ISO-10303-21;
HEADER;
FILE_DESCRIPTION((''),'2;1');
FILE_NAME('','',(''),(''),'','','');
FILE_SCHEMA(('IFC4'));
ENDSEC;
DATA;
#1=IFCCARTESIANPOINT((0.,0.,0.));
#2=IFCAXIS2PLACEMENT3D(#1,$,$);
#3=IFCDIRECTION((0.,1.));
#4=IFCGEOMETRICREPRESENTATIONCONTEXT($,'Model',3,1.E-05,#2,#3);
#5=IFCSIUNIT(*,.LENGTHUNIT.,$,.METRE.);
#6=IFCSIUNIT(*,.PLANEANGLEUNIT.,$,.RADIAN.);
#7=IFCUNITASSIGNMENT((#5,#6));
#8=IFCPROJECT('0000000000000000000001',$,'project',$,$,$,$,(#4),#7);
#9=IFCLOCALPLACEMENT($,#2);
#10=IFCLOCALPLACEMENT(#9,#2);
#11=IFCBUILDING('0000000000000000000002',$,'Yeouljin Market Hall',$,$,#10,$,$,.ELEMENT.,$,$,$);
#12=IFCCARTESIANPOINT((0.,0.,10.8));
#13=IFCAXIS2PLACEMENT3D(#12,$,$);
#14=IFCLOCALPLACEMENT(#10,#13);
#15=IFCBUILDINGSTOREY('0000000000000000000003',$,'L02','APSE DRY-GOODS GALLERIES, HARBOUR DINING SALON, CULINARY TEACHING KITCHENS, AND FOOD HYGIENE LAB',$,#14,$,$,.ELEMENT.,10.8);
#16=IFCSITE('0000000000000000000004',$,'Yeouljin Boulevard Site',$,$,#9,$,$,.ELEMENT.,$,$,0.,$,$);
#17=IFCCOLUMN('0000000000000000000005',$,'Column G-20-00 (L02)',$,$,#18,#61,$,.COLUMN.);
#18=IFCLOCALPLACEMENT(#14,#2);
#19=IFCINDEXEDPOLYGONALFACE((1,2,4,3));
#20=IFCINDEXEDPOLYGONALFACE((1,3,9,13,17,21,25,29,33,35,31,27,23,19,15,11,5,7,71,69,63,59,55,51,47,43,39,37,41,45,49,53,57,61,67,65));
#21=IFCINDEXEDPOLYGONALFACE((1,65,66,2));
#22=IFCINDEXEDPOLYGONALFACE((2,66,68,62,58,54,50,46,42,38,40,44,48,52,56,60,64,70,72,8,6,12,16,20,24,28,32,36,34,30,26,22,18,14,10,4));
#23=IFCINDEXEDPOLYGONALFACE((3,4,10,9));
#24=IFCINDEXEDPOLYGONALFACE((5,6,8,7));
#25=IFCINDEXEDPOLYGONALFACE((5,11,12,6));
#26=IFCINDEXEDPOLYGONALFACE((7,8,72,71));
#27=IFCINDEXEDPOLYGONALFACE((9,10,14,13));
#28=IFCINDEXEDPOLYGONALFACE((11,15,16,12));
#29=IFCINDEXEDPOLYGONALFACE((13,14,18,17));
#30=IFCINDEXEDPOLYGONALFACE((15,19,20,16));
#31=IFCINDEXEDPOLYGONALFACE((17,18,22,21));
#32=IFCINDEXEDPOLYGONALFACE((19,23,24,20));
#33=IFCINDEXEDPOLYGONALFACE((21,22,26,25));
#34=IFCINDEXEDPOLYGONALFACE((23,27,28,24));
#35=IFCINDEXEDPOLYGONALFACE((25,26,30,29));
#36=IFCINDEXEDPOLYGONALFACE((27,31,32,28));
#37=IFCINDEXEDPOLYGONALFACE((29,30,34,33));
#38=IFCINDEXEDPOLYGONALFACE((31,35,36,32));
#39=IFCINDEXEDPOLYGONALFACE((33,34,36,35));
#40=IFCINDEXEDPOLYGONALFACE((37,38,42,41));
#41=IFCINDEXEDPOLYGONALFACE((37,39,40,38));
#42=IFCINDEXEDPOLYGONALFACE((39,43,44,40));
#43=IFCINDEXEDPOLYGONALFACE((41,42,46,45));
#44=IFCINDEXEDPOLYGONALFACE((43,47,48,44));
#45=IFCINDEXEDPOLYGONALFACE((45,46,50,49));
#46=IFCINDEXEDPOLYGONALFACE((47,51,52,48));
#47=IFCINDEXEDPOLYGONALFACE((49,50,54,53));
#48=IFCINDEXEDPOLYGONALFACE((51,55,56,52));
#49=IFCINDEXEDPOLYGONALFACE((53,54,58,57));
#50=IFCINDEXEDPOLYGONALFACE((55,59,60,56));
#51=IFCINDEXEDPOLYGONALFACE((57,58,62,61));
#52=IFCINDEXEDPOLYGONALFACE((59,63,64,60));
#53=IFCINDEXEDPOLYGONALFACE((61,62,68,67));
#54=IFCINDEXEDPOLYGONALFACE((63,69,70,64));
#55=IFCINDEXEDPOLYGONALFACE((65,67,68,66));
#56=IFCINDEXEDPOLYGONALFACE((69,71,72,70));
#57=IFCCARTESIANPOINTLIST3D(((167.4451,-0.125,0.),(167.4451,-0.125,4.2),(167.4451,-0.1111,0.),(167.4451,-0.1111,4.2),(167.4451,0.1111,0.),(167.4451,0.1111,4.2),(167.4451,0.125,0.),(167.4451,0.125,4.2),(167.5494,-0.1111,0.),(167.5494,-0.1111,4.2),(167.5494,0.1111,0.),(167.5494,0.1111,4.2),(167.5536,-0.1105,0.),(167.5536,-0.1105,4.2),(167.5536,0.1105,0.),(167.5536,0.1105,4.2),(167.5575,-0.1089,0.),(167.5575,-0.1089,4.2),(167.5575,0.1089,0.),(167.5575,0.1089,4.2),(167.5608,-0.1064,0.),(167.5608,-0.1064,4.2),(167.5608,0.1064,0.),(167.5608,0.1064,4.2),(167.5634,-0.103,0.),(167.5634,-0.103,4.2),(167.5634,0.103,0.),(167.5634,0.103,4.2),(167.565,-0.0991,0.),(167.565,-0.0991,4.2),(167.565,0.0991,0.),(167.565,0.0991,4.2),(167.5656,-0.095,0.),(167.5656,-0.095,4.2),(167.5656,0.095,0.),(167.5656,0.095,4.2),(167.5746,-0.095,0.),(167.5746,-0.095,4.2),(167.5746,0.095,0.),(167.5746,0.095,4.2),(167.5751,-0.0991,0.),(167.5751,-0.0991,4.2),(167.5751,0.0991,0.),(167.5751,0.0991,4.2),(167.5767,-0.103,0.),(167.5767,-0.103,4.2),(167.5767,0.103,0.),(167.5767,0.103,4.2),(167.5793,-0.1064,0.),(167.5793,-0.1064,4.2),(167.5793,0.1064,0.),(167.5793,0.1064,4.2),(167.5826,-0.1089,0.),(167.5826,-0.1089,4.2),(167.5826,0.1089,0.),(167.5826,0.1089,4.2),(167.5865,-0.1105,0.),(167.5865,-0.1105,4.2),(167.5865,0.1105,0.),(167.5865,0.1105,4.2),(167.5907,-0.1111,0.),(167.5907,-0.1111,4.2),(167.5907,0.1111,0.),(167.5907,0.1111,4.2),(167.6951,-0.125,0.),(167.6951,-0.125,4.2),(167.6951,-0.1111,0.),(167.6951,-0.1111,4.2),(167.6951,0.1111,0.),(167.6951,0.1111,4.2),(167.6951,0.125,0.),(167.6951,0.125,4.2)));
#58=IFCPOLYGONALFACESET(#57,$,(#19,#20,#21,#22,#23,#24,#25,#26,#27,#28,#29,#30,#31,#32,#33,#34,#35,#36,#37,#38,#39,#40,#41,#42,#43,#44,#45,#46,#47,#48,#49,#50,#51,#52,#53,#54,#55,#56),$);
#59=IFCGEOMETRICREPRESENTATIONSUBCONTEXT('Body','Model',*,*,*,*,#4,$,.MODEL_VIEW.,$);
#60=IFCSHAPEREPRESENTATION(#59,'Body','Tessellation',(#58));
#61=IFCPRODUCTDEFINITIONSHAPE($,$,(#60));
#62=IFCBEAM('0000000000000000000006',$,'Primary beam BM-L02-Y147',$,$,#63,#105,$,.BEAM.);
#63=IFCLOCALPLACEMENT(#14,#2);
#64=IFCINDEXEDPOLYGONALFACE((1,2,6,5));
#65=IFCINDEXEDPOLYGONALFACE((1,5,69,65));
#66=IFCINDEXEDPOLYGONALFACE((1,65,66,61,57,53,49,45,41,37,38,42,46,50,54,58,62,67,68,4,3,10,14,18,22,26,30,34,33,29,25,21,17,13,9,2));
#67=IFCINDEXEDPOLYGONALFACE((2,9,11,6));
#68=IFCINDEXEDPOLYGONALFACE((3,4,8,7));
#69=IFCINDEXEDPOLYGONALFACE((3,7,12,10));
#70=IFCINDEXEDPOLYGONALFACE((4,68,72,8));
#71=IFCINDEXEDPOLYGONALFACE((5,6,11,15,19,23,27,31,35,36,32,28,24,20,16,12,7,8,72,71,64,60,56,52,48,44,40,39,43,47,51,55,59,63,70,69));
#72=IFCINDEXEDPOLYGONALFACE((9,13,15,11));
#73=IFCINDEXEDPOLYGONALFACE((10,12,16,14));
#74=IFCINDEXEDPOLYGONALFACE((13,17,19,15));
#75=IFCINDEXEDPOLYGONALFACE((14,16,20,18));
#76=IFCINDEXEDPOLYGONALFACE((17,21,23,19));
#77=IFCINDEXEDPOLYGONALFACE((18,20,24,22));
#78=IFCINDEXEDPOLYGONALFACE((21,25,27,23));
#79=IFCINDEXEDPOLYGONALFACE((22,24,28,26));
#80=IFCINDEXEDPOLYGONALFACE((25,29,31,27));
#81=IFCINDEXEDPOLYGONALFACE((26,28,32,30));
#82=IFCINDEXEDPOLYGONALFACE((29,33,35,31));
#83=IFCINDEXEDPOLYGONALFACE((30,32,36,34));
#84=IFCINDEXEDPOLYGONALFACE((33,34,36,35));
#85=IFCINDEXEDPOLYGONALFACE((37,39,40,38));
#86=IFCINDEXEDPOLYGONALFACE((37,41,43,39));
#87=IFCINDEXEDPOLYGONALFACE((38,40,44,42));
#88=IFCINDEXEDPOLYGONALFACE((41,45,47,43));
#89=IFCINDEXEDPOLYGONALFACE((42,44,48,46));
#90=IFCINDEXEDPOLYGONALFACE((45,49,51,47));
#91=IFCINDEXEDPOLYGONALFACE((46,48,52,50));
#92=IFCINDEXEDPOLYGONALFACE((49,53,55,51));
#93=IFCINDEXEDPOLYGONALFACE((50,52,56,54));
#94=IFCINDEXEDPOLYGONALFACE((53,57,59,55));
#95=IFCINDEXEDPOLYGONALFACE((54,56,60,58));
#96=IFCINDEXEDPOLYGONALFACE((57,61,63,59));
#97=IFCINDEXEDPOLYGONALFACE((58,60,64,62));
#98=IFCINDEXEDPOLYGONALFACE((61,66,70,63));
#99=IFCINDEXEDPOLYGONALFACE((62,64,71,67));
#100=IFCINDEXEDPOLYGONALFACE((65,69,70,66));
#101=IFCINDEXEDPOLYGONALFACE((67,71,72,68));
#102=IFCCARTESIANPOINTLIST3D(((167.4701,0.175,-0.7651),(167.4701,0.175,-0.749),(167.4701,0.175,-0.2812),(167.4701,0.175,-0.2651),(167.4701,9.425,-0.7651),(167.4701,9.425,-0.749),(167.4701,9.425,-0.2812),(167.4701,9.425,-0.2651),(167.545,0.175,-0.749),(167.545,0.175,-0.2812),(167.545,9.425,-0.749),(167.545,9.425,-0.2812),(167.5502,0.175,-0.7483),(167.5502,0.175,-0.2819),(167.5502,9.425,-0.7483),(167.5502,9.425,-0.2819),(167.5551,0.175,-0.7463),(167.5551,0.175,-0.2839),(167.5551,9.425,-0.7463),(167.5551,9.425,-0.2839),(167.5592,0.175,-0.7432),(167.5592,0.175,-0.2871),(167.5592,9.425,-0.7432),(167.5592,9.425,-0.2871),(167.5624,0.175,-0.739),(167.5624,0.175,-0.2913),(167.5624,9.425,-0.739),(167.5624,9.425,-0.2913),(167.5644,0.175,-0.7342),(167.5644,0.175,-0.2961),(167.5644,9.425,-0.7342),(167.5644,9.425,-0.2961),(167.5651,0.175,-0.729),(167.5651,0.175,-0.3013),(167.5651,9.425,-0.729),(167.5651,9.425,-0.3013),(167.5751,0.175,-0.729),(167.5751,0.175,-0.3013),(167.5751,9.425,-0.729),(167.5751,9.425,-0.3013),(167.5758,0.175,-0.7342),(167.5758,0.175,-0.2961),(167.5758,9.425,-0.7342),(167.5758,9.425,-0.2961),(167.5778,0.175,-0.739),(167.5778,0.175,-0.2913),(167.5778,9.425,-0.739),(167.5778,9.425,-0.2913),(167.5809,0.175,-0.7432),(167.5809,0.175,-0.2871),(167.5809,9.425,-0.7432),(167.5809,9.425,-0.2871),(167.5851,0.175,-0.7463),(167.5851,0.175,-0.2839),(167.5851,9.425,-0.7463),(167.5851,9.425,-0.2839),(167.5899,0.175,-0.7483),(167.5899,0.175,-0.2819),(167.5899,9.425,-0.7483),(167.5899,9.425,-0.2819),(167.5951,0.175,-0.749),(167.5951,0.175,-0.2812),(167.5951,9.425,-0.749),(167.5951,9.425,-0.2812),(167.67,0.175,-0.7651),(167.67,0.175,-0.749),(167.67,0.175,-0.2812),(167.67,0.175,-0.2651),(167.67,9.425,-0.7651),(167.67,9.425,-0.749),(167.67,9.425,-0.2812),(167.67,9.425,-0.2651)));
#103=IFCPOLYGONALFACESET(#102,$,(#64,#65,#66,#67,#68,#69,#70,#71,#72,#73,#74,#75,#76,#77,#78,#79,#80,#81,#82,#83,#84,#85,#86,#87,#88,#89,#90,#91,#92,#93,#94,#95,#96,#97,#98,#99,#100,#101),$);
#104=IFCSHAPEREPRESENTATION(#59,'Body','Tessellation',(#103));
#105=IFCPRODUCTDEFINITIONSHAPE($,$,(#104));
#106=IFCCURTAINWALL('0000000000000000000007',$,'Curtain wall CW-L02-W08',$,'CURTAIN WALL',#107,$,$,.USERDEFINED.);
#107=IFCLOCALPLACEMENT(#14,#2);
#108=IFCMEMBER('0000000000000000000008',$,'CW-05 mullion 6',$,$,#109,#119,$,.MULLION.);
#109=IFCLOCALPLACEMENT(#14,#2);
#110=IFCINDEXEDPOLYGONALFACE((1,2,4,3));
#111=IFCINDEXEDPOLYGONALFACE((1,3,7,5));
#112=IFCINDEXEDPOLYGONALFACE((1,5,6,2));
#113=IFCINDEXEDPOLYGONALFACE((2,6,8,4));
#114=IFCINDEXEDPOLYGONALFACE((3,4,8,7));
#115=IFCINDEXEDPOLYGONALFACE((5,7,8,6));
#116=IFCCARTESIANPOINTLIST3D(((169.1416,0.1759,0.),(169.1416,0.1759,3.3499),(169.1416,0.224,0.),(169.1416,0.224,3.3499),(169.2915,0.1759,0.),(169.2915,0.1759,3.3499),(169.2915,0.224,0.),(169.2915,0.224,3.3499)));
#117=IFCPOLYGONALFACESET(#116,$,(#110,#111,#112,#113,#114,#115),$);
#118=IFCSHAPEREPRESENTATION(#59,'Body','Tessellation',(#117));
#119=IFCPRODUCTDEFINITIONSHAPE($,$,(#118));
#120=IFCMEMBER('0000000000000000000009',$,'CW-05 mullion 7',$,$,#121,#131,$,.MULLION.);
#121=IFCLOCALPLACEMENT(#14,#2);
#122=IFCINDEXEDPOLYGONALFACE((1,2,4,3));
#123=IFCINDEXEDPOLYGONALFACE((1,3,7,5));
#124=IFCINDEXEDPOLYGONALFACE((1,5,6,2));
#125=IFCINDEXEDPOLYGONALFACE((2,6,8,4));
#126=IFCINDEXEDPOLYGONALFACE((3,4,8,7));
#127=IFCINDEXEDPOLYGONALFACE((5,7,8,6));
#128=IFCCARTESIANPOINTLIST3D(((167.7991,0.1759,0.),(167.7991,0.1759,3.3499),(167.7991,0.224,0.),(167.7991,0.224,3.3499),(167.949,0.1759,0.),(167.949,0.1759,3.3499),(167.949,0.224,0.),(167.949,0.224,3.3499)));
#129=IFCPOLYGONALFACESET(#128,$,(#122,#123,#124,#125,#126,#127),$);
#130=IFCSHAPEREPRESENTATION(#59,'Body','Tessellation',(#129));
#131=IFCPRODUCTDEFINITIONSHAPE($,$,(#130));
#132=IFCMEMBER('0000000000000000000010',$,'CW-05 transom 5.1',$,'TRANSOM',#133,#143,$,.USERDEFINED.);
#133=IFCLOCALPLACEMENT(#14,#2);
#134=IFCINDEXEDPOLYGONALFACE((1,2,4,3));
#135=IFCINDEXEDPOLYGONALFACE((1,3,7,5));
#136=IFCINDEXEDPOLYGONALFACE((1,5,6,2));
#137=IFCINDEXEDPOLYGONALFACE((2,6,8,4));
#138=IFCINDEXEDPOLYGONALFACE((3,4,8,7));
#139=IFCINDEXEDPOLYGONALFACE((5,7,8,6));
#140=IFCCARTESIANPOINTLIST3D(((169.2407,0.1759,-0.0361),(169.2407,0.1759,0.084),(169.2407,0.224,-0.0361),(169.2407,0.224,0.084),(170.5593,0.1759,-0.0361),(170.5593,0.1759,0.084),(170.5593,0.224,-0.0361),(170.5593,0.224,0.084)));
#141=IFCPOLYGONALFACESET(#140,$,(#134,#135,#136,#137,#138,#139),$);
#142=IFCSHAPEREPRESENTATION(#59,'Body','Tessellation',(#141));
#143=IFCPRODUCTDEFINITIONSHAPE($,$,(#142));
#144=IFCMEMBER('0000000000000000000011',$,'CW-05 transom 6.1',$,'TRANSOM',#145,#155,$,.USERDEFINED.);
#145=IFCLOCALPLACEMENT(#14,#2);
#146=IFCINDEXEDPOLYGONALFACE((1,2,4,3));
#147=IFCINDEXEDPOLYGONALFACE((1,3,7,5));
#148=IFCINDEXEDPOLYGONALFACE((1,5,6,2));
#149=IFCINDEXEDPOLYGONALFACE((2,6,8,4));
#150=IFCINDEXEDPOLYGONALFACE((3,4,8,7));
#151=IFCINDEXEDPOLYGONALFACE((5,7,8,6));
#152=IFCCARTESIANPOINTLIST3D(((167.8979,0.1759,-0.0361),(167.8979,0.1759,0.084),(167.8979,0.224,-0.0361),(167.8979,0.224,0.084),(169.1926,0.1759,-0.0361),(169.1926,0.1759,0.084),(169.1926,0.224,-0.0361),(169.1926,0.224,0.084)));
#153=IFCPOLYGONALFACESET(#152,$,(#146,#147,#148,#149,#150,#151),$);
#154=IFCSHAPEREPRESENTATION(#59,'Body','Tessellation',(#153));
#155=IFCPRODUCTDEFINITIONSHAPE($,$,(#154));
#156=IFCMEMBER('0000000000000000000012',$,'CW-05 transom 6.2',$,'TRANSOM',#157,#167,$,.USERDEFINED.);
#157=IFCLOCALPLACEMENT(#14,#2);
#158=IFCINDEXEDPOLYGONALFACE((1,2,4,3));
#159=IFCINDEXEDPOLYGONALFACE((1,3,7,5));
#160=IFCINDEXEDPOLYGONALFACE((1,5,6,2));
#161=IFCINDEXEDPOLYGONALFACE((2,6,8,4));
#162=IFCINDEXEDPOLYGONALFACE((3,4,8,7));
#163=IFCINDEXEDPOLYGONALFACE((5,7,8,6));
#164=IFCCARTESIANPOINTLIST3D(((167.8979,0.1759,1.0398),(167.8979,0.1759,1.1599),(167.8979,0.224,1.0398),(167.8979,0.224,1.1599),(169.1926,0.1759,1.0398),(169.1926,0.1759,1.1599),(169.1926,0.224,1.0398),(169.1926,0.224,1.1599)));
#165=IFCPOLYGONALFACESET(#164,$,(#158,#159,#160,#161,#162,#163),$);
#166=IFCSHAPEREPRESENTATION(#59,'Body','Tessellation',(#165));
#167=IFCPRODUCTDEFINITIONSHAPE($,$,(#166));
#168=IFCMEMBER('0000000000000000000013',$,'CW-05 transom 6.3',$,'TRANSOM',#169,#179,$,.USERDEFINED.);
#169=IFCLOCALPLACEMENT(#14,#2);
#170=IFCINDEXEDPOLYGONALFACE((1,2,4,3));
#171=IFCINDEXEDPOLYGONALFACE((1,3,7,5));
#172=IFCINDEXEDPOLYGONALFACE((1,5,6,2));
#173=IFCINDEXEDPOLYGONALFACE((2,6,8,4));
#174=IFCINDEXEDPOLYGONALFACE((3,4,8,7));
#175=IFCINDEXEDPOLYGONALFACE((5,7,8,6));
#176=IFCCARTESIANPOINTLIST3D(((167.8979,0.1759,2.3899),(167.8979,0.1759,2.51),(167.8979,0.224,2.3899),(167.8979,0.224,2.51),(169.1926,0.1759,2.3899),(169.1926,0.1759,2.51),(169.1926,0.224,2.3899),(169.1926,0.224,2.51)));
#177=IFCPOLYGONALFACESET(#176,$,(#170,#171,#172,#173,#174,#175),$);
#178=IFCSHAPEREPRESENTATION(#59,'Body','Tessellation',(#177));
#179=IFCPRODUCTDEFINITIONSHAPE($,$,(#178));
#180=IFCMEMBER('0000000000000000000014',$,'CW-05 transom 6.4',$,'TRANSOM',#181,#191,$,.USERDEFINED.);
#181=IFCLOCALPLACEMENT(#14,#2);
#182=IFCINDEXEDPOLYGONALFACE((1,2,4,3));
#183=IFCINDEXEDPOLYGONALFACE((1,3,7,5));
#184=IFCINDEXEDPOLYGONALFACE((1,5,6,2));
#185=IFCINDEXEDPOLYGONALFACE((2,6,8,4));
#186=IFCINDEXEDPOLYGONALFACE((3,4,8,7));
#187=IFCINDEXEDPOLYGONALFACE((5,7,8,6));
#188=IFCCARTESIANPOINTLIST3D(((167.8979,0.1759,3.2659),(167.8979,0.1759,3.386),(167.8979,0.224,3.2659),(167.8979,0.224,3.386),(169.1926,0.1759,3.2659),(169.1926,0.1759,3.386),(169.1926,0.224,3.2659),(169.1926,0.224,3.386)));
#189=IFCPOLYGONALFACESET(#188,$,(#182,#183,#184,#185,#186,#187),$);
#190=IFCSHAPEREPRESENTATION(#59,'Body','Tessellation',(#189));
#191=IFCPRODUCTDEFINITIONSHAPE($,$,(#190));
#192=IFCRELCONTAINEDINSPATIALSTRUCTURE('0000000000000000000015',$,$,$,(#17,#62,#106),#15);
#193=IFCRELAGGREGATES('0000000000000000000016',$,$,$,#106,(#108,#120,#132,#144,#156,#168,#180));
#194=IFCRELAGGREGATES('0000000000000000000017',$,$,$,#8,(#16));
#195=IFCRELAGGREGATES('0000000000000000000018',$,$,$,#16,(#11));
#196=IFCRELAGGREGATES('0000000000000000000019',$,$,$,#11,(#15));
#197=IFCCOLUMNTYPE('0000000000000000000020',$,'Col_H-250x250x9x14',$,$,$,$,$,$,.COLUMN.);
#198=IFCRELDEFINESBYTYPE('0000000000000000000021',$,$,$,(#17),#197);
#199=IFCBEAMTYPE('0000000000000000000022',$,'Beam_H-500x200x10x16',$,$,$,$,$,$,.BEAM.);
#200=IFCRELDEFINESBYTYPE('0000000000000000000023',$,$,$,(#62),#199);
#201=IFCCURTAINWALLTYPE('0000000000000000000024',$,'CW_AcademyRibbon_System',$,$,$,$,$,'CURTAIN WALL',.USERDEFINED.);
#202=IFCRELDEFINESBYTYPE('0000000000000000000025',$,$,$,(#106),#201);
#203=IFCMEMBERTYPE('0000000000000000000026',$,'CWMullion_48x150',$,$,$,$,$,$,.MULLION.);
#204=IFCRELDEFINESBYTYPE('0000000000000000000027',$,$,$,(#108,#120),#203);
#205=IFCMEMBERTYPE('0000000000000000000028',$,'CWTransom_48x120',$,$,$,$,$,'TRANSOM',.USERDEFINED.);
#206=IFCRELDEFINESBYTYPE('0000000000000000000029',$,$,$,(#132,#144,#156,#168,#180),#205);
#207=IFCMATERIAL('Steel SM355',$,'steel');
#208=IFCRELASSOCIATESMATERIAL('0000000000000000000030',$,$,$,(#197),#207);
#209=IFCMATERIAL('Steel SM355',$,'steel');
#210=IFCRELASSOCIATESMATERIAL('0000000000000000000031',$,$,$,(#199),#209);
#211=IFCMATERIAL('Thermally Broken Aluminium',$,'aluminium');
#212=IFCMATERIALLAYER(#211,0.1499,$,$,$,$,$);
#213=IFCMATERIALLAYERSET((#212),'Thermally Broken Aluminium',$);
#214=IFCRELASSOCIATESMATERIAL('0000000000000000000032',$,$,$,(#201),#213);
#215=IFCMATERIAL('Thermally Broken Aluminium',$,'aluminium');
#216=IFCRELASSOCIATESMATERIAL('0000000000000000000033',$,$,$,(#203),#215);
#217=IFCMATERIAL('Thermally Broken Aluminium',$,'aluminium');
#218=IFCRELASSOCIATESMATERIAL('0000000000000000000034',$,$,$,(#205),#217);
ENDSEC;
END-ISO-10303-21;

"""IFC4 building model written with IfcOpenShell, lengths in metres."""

from ifc_helpers import new_model, si_unit, direction, frame, origin, origin_2d, place, context, subcontext, project, spatial, rectangle, i_section, extrude, material, layer, layer_set, material_profile, profile_set, type_object, element, aggregate, save


model = new_model("IFC4")

# Units and contexts
model_context = context("Model", 3, precision=1e-05, world=origin(), true_north=direction((0.0, 1.0)))
body_context = subcontext(model_context, "Body", "Model", "MODEL_VIEW")
ifc_project = project(units=[si_unit("LENGTHUNIT", "METRE"), si_unit("PLANEANGLEUNIT", "RADIAN")], contexts=[model_context])

# Site, building, storey
site_placement = place(None, origin())
site = spatial("IfcSite", under=ifc_project, at=site_placement, Name="Yeouljin Boulevard Site", CompositionType="ELEMENT", RefElevation=0.0)
building_placement = place(site_placement, origin())
building = spatial("IfcBuilding", under=site, at=building_placement, Name="Yeouljin Market Hall", CompositionType="ELEMENT")
storey_placement = place(building_placement, frame((0.0, 0.0, 10.8)))
storey = spatial("IfcBuildingStorey", under=building, at=storey_placement, Name="L02", Description="APSE DRY-GOODS GALLERIES, HARBOUR DINING SALON, CULINARY TEACHING KITCHENS, AND FOOD HYGIENE LAB", CompositionType="ELEMENT", Elevation=10.8)

# Column
ifc_material_1 = material(Name="Steel SM355", Category="steel")
ifc_material_profile_1 = material_profile(ifc_material_1, i_section(OverallWidth=0.25, OverallDepth=0.25, WebThickness=0.009, FlangeThickness=0.0139, FilletRadius=0.0161, at=origin_2d()), Name="H-250x250x9x14")
ifc_profile_set_1 = profile_set([ifc_material_profile_1], Name="Steel SM355")
column_type = type_object("IfcColumnType", Name="Col_H-250x250x9x14", PredefinedType="COLUMN", material=ifc_profile_set_1)
column_placement = place(storey_placement, frame((167.5701, 0.0, 0.0), z_axis=(0.0, 0.0, 1.0), x_axis=(1.0, 0.0, 0.0)))
element("IfcColumn", 1, at=column_placement, inside=storey, type_object=column_type, Name="Column G-20-00 (L02)", PredefinedType="COLUMN", context=body_context, shape_type="SweptSolid", body=[
    extrude(i_section(OverallWidth=0.25, OverallDepth=0.25, WebThickness=0.009, FlangeThickness=0.0139, FilletRadius=0.0161, at=origin_2d()), origin(), (0.0, 0.0, 1.0), 4.2),
])

# Beam
ifc_material_2 = material(Name="Steel SM355", Category="steel")
ifc_material_profile_2 = material_profile(ifc_material_2, i_section(OverallWidth=0.2, OverallDepth=0.5, WebThickness=0.01, FlangeThickness=0.0161, FilletRadius=0.02, at=origin_2d()), Name="H-500x200x10x16")
ifc_profile_set_2 = profile_set([ifc_material_profile_2], Name="Steel SM355")
beam_type_1 = type_object("IfcBeamType", Name="Beam_H-500x200x10x16", PredefinedType="BEAM", material=ifc_profile_set_2)
beam_1_placement = place(storey_placement, frame((167.5701, 0.175, -0.5151), z_axis=(0.0, 1.0, 0.0), x_axis=(-1.0, 0.0, 0.0)))
element("IfcBeam", 2, at=beam_1_placement, inside=storey, type_object=beam_type_1, Name="Primary beam BM-L02-Y147", PredefinedType="BEAM", context=body_context, shape_type="SweptSolid", body=[
    extrude(i_section(OverallWidth=0.2, OverallDepth=0.5, WebThickness=0.01, FlangeThickness=0.0161, FilletRadius=0.02, at=origin_2d()), origin(), (0.0, 0.0, 1.0), 9.25),
])

# Curtain wall, members
ifc_material_3 = material(Name="Thermally Broken Aluminium", Category="aluminium")
ifc_layer_1 = layer(ifc_material_3, 0.1499)
ifc_layer_set_1 = layer_set([ifc_layer_1], Name="Thermally Broken Aluminium")
curtain_wall_type = type_object("IfcCurtainWallType", Name="CW_AcademyRibbon_System", ElementType="CURTAIN WALL", PredefinedType="USERDEFINED", material=ifc_layer_set_1)
curtain_wall_placement = place(storey_placement, origin())
curtain_wall = element("IfcCurtainWall", 3, at=curtain_wall_placement, inside=storey, type_object=curtain_wall_type, Name="Curtain wall CW-L02-W08", ObjectType="CURTAIN WALL", PredefinedType="USERDEFINED")
ifc_material_4 = material(Name="Thermally Broken Aluminium", Category="aluminium")
ifc_material_profile_3 = material_profile(ifc_material_4, rectangle(XDim=0.0481, YDim=0.1499, at=origin_2d()), Name="CW-MULL-48x150")
ifc_profile_set_3 = profile_set([ifc_material_profile_3], Name="Thermally Broken Aluminium")
member_type_1 = type_object("IfcMemberType", Name="CWMullion_48x150", PredefinedType="MULLION", material=ifc_profile_set_3)
member_1_placement = place(storey_placement, frame((169.2166, 0.2, 0.0), z_axis=(0.0, 0.0, 1.0), x_axis=(0.0, -1.0, 0.0)))
member_1 = element("IfcMember", 4, at=member_1_placement, type_object=member_type_1, Name="CW-05 mullion 6", PredefinedType="MULLION", context=body_context, shape_type="SweptSolid", body=[
    extrude(rectangle(XDim=0.0481, YDim=0.1499, at=origin_2d()), origin(), (0.0, 0.0, 1.0), 3.3499),
])
member_2_placement = place(storey_placement, frame((167.874, 0.2, 0.0), z_axis=(0.0, 0.0, 1.0), x_axis=(0.0, -1.0, 0.0)))
member_2 = element("IfcMember", 5, at=member_2_placement, type_object=member_type_1, Name="CW-05 mullion 7", PredefinedType="MULLION", context=body_context, shape_type="SweptSolid", body=[
    extrude(rectangle(XDim=0.0481, YDim=0.1499, at=origin_2d()), origin(), (0.0, 0.0, 1.0), 3.3499),
])
ifc_material_5 = material(Name="Thermally Broken Aluminium", Category="aluminium")
ifc_material_profile_4 = material_profile(ifc_material_5, rectangle(XDim=0.0481, YDim=0.1201, at=origin_2d()), Name="CW-TRAN-48x120")
ifc_profile_set_4 = profile_set([ifc_material_profile_4], Name="Thermally Broken Aluminium")
member_type_2 = type_object("IfcMemberType", Name="CWTransom_48x120", ElementType="TRANSOM", PredefinedType="USERDEFINED", material=ifc_profile_set_4)
member_3_placement = place(storey_placement, frame((170.5593, 0.2, 0.0239), z_axis=(-1.0, 0.0, 0.0), x_axis=(0.0, -1.0, 0.0)))
member_3 = element("IfcMember", 6, at=member_3_placement, type_object=member_type_2, Name="CW-05 transom 5.1", ObjectType="TRANSOM", PredefinedType="USERDEFINED", context=body_context, shape_type="SweptSolid", body=[
    extrude(rectangle(XDim=0.0481, YDim=0.1201, at=origin_2d()), origin(), (0.0, 0.0, 1.0), 1.3186),
])
member_4_placement = place(storey_placement, frame((169.1926, 0.2, 0.0239), z_axis=(-1.0, 0.0, 0.0), x_axis=(0.0, -1.0, 0.0)))
member_4 = element("IfcMember", 7, at=member_4_placement, type_object=member_type_2, Name="CW-05 transom 6.1", ObjectType="TRANSOM", PredefinedType="USERDEFINED", context=body_context, shape_type="SweptSolid", body=[
    extrude(rectangle(XDim=0.0481, YDim=0.1201, at=origin_2d()), origin(), (0.0, 0.0, 1.0), 1.2947),
])
member_5_placement = place(storey_placement, frame((169.1926, 0.2, 1.0999), z_axis=(-1.0, 0.0, 0.0), x_axis=(0.0, -1.0, 0.0)))
member_5 = element("IfcMember", 8, at=member_5_placement, type_object=member_type_2, Name="CW-05 transom 6.2", ObjectType="TRANSOM", PredefinedType="USERDEFINED", context=body_context, shape_type="SweptSolid", body=[
    extrude(rectangle(XDim=0.0481, YDim=0.1201, at=origin_2d()), origin(), (0.0, 0.0, 1.0), 1.2947),
])
member_6_placement = place(storey_placement, frame((169.1926, 0.2, 2.45), z_axis=(-1.0, 0.0, 0.0), x_axis=(0.0, -1.0, 0.0)))
member_6 = element("IfcMember", 9, at=member_6_placement, type_object=member_type_2, Name="CW-05 transom 6.3", ObjectType="TRANSOM", PredefinedType="USERDEFINED", context=body_context, shape_type="SweptSolid", body=[
    extrude(rectangle(XDim=0.0481, YDim=0.1201, at=origin_2d()), origin(), (0.0, 0.0, 1.0), 1.2947),
])
member_7_placement = place(storey_placement, frame((169.1926, 0.2, 3.3259), z_axis=(-1.0, 0.0, 0.0), x_axis=(0.0, -1.0, 0.0)))
member_7 = element("IfcMember", 10, at=member_7_placement, type_object=member_type_2, Name="CW-05 transom 6.4", ObjectType="TRANSOM", PredefinedType="USERDEFINED", context=body_context, shape_type="SweptSolid", body=[
    extrude(rectangle(XDim=0.0481, YDim=0.1201, at=origin_2d()), origin(), (0.0, 0.0, 1.0), 1.2947),
])

aggregate(curtain_wall, [member_1, member_2, member_3, member_4, member_5, member_6, member_7])

save(model, "model.ifc")
